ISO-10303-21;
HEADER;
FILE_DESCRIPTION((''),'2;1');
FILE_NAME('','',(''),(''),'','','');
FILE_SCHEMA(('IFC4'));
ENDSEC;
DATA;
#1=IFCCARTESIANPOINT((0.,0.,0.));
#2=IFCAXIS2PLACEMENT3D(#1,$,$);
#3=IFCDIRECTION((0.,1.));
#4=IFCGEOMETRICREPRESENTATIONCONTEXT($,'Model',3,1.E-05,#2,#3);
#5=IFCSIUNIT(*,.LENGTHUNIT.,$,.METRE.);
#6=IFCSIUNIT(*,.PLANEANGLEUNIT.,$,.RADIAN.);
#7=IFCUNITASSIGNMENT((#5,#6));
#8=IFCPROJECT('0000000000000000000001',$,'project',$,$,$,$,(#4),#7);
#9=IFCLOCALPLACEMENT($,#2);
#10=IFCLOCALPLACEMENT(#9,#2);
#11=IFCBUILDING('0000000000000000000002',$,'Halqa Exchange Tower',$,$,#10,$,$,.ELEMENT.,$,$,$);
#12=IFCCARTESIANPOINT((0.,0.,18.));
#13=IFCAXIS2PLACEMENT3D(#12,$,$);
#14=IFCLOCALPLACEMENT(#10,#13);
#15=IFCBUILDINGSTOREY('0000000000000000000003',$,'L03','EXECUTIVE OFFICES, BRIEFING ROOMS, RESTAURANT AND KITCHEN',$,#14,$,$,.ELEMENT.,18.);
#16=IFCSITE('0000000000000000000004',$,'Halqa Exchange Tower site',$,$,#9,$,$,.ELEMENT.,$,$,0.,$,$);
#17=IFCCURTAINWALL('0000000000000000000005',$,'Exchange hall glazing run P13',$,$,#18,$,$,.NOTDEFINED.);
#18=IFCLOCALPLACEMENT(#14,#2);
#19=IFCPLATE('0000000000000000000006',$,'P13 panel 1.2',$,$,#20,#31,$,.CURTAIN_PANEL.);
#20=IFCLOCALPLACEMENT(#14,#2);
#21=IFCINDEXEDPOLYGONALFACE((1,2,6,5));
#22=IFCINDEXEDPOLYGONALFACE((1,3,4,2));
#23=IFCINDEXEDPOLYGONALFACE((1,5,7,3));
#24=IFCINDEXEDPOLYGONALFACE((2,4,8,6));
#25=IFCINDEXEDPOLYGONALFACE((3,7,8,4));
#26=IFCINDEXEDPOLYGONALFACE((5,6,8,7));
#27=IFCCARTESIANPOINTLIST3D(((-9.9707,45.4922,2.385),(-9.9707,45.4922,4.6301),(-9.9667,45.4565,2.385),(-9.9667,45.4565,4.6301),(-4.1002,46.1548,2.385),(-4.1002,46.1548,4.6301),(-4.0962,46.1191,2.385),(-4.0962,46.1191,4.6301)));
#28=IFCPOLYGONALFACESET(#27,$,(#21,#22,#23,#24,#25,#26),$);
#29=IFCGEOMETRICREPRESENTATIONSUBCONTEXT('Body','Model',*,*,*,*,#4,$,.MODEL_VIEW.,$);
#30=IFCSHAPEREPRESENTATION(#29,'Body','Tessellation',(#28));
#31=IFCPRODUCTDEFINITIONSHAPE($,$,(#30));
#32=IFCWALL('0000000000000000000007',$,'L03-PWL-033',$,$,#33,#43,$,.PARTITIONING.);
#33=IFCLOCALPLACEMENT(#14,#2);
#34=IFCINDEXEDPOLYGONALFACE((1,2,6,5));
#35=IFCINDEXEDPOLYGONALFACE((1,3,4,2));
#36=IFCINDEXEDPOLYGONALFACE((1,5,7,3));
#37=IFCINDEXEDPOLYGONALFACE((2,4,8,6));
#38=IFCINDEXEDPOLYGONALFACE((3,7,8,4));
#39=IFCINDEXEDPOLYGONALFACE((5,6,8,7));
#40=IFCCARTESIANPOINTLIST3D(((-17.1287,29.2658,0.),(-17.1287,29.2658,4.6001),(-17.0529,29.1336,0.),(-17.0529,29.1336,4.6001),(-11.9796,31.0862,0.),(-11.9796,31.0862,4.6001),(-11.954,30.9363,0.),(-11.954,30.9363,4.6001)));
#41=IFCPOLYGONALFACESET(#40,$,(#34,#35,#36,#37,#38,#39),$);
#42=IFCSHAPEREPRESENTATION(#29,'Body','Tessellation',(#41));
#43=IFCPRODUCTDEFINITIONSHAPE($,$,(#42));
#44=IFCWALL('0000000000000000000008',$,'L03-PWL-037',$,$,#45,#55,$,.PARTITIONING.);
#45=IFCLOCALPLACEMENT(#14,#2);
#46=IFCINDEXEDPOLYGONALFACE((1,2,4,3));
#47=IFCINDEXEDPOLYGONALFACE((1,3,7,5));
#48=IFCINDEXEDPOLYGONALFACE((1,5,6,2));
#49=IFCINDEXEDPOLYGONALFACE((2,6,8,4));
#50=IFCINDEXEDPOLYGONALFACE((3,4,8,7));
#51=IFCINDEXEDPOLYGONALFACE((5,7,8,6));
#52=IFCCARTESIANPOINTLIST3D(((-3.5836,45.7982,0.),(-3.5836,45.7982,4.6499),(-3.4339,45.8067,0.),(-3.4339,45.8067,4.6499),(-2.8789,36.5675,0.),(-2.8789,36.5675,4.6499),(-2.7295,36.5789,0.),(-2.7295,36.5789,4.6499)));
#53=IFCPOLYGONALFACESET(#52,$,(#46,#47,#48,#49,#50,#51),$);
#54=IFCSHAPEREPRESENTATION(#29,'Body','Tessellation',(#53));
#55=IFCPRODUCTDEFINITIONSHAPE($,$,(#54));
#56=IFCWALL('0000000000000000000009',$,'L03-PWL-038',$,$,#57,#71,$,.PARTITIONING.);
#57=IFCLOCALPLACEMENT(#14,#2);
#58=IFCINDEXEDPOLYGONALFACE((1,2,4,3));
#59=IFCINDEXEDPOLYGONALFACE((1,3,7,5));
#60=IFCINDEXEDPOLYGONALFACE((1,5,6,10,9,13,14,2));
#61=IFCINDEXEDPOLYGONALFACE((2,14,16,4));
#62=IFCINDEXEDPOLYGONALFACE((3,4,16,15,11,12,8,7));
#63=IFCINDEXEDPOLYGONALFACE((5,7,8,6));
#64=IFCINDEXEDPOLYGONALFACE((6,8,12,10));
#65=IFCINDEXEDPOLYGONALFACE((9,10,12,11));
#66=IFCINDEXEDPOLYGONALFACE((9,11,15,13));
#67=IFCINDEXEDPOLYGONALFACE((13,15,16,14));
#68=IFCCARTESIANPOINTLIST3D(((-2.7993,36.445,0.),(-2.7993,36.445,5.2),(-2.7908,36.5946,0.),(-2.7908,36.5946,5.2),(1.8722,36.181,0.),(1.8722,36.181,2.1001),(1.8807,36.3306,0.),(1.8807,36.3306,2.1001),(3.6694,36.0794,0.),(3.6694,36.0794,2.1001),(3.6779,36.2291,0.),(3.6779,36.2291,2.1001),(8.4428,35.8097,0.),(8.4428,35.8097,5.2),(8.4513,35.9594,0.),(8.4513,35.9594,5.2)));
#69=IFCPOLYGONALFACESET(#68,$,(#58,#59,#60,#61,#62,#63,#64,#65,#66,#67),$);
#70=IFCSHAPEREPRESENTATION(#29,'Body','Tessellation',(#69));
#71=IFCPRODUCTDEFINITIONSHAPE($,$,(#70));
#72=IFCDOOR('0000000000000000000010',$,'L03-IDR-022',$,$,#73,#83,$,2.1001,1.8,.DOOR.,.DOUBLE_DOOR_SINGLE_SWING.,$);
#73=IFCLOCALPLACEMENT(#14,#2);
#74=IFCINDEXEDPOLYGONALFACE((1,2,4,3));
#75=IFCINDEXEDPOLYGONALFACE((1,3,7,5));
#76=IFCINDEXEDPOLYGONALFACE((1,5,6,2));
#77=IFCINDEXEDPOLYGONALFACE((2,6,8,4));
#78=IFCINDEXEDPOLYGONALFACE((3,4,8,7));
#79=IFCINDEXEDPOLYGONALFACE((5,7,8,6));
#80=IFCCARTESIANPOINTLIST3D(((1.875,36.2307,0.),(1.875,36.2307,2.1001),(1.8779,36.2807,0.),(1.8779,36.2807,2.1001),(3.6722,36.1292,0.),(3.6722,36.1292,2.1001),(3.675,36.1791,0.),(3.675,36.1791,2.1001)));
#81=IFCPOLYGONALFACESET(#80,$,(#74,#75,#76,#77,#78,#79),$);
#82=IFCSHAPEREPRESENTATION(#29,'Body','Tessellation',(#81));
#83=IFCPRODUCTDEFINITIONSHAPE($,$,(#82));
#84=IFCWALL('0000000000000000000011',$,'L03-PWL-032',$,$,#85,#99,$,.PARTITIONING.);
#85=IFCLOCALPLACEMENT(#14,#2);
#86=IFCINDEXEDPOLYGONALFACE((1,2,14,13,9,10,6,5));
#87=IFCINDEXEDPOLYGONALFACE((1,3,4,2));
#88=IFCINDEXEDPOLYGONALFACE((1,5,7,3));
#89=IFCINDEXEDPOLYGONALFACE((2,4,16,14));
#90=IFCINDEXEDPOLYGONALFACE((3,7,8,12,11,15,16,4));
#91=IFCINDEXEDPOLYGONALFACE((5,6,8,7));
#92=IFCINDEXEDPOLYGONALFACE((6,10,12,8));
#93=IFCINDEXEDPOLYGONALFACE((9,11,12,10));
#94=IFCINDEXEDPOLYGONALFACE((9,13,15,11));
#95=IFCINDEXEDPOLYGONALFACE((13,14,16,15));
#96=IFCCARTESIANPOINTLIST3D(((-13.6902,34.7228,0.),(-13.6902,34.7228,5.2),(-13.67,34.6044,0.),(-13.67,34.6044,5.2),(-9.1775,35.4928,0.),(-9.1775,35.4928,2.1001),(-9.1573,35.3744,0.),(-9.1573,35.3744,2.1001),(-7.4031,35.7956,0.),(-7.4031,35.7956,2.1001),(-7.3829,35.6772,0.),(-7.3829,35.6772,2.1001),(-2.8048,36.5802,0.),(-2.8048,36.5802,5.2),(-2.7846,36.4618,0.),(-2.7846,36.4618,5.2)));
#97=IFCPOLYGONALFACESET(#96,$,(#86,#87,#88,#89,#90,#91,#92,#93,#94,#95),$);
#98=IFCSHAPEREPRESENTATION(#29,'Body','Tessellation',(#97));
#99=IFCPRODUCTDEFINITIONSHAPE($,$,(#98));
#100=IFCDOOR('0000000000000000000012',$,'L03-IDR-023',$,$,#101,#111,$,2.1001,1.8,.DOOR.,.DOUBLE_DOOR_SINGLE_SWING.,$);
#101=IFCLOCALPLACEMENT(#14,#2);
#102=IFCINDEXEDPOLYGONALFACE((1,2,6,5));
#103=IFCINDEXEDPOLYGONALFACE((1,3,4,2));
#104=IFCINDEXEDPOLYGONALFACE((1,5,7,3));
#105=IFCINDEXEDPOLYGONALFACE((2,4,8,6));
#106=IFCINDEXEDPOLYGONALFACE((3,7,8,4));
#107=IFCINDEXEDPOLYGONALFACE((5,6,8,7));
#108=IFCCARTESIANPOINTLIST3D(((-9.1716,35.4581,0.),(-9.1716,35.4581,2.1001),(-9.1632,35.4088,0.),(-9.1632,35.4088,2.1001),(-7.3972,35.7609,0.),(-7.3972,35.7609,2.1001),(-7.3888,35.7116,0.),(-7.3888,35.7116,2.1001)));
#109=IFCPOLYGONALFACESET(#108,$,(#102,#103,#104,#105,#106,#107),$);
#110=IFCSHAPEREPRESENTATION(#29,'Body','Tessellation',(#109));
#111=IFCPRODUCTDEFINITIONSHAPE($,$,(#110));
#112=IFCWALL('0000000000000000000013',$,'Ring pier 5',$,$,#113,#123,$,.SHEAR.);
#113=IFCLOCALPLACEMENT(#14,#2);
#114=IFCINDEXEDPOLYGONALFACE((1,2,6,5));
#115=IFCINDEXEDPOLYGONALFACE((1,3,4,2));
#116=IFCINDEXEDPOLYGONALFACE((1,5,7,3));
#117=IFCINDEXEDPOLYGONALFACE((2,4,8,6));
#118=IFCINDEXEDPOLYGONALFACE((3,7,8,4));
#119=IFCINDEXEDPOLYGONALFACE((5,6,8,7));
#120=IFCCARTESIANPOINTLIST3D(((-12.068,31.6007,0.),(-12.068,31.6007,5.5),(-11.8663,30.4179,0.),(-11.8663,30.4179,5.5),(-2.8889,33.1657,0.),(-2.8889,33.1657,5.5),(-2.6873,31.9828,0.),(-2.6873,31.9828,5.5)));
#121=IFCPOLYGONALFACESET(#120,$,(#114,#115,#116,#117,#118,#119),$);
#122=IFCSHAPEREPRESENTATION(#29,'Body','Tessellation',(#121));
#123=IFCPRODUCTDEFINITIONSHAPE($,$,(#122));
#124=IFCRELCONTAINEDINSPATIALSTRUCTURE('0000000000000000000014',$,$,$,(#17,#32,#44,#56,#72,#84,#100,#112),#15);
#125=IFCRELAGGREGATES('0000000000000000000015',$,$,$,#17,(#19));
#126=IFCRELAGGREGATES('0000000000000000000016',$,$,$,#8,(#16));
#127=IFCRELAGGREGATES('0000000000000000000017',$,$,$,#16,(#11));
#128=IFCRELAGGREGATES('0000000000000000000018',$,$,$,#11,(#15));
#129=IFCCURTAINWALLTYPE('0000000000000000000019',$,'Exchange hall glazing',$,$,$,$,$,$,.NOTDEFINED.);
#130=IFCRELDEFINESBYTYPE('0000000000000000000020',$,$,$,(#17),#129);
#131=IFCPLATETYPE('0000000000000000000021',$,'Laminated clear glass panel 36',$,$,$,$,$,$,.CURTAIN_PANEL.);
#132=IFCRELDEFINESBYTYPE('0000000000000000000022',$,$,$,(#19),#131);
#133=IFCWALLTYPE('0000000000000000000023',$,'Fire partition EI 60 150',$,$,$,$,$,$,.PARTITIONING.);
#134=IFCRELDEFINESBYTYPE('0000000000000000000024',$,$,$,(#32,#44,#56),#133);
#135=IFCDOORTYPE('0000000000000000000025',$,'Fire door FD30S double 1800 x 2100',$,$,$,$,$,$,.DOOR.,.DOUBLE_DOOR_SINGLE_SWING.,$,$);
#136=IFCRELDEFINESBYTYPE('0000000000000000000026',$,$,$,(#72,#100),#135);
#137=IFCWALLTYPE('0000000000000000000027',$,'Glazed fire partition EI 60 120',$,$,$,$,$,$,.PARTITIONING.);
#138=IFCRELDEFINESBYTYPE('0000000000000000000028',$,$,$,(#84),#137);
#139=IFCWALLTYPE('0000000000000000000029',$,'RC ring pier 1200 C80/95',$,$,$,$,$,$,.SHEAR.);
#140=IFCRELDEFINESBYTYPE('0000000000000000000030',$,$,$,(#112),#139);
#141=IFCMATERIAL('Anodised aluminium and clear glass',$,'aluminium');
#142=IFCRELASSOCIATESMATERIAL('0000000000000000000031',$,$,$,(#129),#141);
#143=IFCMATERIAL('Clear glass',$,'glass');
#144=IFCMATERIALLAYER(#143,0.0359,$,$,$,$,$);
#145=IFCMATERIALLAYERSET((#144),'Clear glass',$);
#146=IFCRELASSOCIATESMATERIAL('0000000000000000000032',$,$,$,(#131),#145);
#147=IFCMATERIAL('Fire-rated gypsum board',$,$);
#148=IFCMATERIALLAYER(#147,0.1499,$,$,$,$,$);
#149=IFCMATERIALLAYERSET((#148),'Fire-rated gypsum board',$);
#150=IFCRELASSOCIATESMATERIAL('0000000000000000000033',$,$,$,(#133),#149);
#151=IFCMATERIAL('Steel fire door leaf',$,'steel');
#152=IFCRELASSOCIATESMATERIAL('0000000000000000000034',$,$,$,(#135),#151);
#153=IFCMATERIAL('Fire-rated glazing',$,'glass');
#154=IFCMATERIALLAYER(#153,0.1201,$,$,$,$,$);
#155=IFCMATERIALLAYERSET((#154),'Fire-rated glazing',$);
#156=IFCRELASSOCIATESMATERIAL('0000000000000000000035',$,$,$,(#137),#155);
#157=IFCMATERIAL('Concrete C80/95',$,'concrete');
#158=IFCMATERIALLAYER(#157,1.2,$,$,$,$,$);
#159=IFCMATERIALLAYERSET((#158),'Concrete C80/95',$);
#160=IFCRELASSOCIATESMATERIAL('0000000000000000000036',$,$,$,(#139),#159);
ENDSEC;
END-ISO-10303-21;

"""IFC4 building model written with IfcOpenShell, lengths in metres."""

from ifc_helpers import new_model, si_unit, direction, frame, frame_2d, origin, origin_2d, place, context, subcontext, project, spatial, polyline, rectangle, outline, extrude, material, layer, layer_set, type_object, element, fill, aggregate, save


model = new_model("IFC4")

# Units and contexts
model_context = context("Model", 3, precision=1e-05, world=origin(), true_north=direction((0.0, 1.0)))
body_context = subcontext(model_context, "Body", "Model", "MODEL_VIEW")
ifc_project = project(units=[si_unit("LENGTHUNIT", "METRE"), si_unit("PLANEANGLEUNIT", "RADIAN")], contexts=[model_context])

# Site, building, storey
site_placement = place(None, origin())
site = spatial("IfcSite", under=ifc_project, at=site_placement, Name="Halqa Exchange Tower site", CompositionType="ELEMENT", RefElevation=0.0)
building_placement = place(site_placement, origin())
building = spatial("IfcBuilding", under=site, at=building_placement, Name="Halqa Exchange Tower", CompositionType="ELEMENT")
storey_placement = place(building_placement, frame((0.0, 0.0, 18.0)))
storey = spatial("IfcBuildingStorey", under=building, at=storey_placement, Name="L03", Description="EXECUTIVE OFFICES, BRIEFING ROOMS, RESTAURANT AND KITCHEN", CompositionType="ELEMENT", Elevation=18.0)

# Shared definitions
ifc_material_1 = material(Name="Anodised aluminium and clear glass", Category="aluminium")
curtain_wall_type = type_object("IfcCurtainWallType", Name="Exchange hall glazing", PredefinedType="NOTDEFINED", material=ifc_material_1)

# Curtain wall
curtain_wall_1_placement = place(storey_placement, origin())
curtain_wall_1 = element("IfcCurtainWall", 1, at=curtain_wall_1_placement, inside=storey, type_object=curtain_wall_type, Name="Exchange hall glazing run P13", PredefinedType="NOTDEFINED")

# Plate
ifc_material_2 = material(Name="Clear glass", Category="glass")
ifc_layer_1 = layer(ifc_material_2, 0.0359)
ifc_layer_set_1 = layer_set([ifc_layer_1], Name="Clear glass")
plate_type = type_object("IfcPlateType", Name="Laminated clear glass panel 36", PredefinedType="CURTAIN_PANEL", material=ifc_layer_set_1)
plate_1_placement = place(storey_placement, frame((-7.0334, 45.8057, 2.385), z_axis=(0.0, 0.0, 1.0), x_axis=(-0.99369, -0.112159, 0.0)))
plate_1 = element("IfcPlate", 2, at=plate_1_placement, type_object=plate_type, Name="P13 panel 1.2", PredefinedType="CURTAIN_PANEL", context=body_context, shape_type="SweptSolid", body=[
    extrude(rectangle(XDim=5.9077, YDim=0.0359, at=origin_2d()), origin(), (0.0, 0.0, 1.0), 2.2451),
])
aggregate(curtain_wall_1, [plate_1])

# Walls
ifc_material_3 = material(Name="Fire-rated gypsum board")
ifc_layer_2 = layer(ifc_material_3, 0.1499)
ifc_layer_set_2 = layer_set([ifc_layer_2], Name="Fire-rated gypsum board")
wall_type_1 = type_object("IfcWallType", Name="Fire partition EI 60 150", PredefinedType="PARTITIONING", material=ifc_layer_set_2)
wall_1_placement = place(storey_placement, frame((-11.9668, 31.0112, 0.0), z_axis=(0.0, 0.0, 1.0), x_axis=(-0.942814, -0.333318, 0.0)))
element("IfcWall", 3, at=wall_1_placement, inside=storey, type_object=wall_type_1, Name="L03-PWL-033", PredefinedType="PARTITIONING", context=body_context, shape_type="SweptSolid", body=[
    extrude(outline(polyline([(-0.0129, -0.075), (5.4485, -0.075), (5.4211, 0.075), (0.0129, 0.075), (-0.0129, -0.075)])), origin(), (0.0, 0.0, 1.0), 4.6001),
])
wall_2_placement = place(storey_placement, frame((-2.8042, 36.5732, 0.0), z_axis=(0.0, 0.0, 1.0), x_axis=(-0.076122, 0.997099, 0.0)))
element("IfcWall", 4, at=wall_2_placement, inside=storey, type_object=wall_type_1, Name="L03-PWL-037", PredefinedType="PARTITIONING", context=body_context, shape_type="SweptSolid", body=[
    extrude(outline(polyline([(0.0, -0.075), (9.2546, -0.075), (9.2576, 0.075), (0.0, 0.075), (0.0, -0.075)])), origin(), (0.0, 0.0, 1.0), 4.6499),
])

# Walls, openings, doors
wall_3_placement = place(storey_placement, frame((-2.7949, 36.5198, 0.0), z_axis=(0.0, 0.0, 1.0), x_axis=(0.998407, -0.056416, 0.0)))
wall_3 = element("IfcWall", 5, at=wall_3_placement, inside=storey, type_object=wall_type_1, Name="L03-PWL-038", PredefinedType="PARTITIONING", context=body_context, shape_type="SweptSolid", body=[
    extrude(rectangle(XDim=11.26, YDim=0.1499, at=frame_2d((5.6299, 0.0))), origin(), (0.0, 0.0, 1.0), 5.2),
])
opening_1_placement = place(wall_3_placement, frame((4.679, 0.0, 0.0)))
opening_1 = element("IfcOpeningElement", 6, at=opening_1_placement, cuts=wall_3, PredefinedType="OPENING", context=body_context, shape_type="SweptSolid", body=[
    extrude(rectangle(XDim=1.8, YDim=2.1001, at=frame_2d((0.8999, 1.05))), frame((0.0, 0.0869, 0.0), z_axis=(0.0, -1.0, 0.0), x_axis=(1.0, 0.0, 0.0)), (0.0, 0.0, 1.0), 0.1738),
])
ifc_material_4 = material(Name="Steel fire door leaf", Category="steel")
door_type = type_object("IfcDoorType", Name="Fire door FD30S double 1800 x 2100", OperationType="DOUBLE_DOOR_SINGLE_SWING", PredefinedType="DOOR", material=ifc_material_4)
door_1_placement = place(opening_1_placement, origin())
door_1 = element("IfcDoor", 7, at=door_1_placement, inside=storey, type_object=door_type, Name="L03-IDR-022", OperationType="DOUBLE_DOOR_SINGLE_SWING", OverallHeight=2.1001, OverallWidth=1.8, PredefinedType="DOOR", context=body_context, shape_type="SweptSolid", body=[
    extrude(rectangle(XDim=1.8, YDim=2.1001, at=frame_2d((0.8999, 1.05))), frame((0.0, 0.0249, 0.0), z_axis=(0.0, -1.0, 0.0), x_axis=(1.0, 0.0, 0.0)), (0.0, 0.0, 1.0), 0.05),
])
fill(opening_1, door_1)
ifc_material_5 = material(Name="Fire-rated glazing", Category="glass")
ifc_layer_3 = layer(ifc_material_5, 0.1201)
ifc_layer_set_3 = layer_set([ifc_layer_3], Name="Fire-rated glazing")
wall_type_2 = type_object("IfcWallType", Name="Glazed fire partition EI 60 120", PredefinedType="PARTITIONING", material=ifc_layer_set_3)
wall_4_placement = place(storey_placement, frame((-13.6802, 34.6636, 0.0), z_axis=(0.0, 0.0, 1.0), x_axis=(0.985753, 0.168202, 0.0)))
wall_4 = element("IfcWall", 8, at=wall_4_placement, inside=storey, type_object=wall_type_2, Name="L03-PWL-032", PredefinedType="PARTITIONING", context=body_context, shape_type="SweptSolid", body=[
    extrude(rectangle(XDim=11.0427, YDim=0.1201, at=frame_2d((5.5215, 0.0))), origin(), (0.0, 0.0, 1.0), 5.2),
])
opening_2_placement = place(wall_4_placement, frame((4.5781, 0.0, 0.0)))
opening_2 = element("IfcOpeningElement", 9, at=opening_2_placement, cuts=wall_4, PredefinedType="OPENING", context=body_context, shape_type="SweptSolid", body=[
    extrude(rectangle(XDim=1.8, YDim=2.1001, at=frame_2d((0.8999, 1.05))), frame((0.0, 0.072, 0.0), z_axis=(0.0, -1.0, 0.0), x_axis=(1.0, 0.0, 0.0)), (0.0, 0.0, 1.0), 0.144),
])
door_2_placement = place(opening_2_placement, origin())
door_2 = element("IfcDoor", 10, at=door_2_placement, inside=storey, type_object=door_type, Name="L03-IDR-023", OperationType="DOUBLE_DOOR_SINGLE_SWING", OverallHeight=2.1001, OverallWidth=1.8, PredefinedType="DOOR", context=body_context, shape_type="SweptSolid", body=[
    extrude(rectangle(XDim=1.8, YDim=2.1001, at=frame_2d((0.8999, 1.05))), frame((0.0, 0.0249, 0.0), z_axis=(0.0, -1.0, 0.0), x_axis=(1.0, 0.0, 0.0)), (0.0, 0.0, 1.0), 0.05),
])
fill(opening_2, door_2)

# Wall
ifc_material_6 = material(Name="Concrete C80/95", Category="concrete")
ifc_layer_4 = layer(ifc_material_6, 1.2)
ifc_layer_set_4 = layer_set([ifc_layer_4], Name="Concrete C80/95")
wall_type_3 = type_object("IfcWallType", Name="RC ring pier 1200 C80/95", PredefinedType="SHEAR", material=ifc_layer_set_4)
wall_5_placement = place(storey_placement, frame((-2.7881, 32.5742, 0.0), z_axis=(0.0, 0.0, 1.0), x_axis=(-0.985776, -0.168063, 0.0)))
element("IfcWall", 11, at=wall_5_placement, inside=storey, type_object=wall_type_3, Name="Ring pier 5", PredefinedType="SHEAR", context=body_context, shape_type="SweptSolid", body=[
    extrude(rectangle(XDim=9.3115, YDim=1.2, at=frame_2d((4.6558, 0.0))), origin(), (0.0, 0.0, 1.0), 5.5),
])

save(model, "model.ifc")
